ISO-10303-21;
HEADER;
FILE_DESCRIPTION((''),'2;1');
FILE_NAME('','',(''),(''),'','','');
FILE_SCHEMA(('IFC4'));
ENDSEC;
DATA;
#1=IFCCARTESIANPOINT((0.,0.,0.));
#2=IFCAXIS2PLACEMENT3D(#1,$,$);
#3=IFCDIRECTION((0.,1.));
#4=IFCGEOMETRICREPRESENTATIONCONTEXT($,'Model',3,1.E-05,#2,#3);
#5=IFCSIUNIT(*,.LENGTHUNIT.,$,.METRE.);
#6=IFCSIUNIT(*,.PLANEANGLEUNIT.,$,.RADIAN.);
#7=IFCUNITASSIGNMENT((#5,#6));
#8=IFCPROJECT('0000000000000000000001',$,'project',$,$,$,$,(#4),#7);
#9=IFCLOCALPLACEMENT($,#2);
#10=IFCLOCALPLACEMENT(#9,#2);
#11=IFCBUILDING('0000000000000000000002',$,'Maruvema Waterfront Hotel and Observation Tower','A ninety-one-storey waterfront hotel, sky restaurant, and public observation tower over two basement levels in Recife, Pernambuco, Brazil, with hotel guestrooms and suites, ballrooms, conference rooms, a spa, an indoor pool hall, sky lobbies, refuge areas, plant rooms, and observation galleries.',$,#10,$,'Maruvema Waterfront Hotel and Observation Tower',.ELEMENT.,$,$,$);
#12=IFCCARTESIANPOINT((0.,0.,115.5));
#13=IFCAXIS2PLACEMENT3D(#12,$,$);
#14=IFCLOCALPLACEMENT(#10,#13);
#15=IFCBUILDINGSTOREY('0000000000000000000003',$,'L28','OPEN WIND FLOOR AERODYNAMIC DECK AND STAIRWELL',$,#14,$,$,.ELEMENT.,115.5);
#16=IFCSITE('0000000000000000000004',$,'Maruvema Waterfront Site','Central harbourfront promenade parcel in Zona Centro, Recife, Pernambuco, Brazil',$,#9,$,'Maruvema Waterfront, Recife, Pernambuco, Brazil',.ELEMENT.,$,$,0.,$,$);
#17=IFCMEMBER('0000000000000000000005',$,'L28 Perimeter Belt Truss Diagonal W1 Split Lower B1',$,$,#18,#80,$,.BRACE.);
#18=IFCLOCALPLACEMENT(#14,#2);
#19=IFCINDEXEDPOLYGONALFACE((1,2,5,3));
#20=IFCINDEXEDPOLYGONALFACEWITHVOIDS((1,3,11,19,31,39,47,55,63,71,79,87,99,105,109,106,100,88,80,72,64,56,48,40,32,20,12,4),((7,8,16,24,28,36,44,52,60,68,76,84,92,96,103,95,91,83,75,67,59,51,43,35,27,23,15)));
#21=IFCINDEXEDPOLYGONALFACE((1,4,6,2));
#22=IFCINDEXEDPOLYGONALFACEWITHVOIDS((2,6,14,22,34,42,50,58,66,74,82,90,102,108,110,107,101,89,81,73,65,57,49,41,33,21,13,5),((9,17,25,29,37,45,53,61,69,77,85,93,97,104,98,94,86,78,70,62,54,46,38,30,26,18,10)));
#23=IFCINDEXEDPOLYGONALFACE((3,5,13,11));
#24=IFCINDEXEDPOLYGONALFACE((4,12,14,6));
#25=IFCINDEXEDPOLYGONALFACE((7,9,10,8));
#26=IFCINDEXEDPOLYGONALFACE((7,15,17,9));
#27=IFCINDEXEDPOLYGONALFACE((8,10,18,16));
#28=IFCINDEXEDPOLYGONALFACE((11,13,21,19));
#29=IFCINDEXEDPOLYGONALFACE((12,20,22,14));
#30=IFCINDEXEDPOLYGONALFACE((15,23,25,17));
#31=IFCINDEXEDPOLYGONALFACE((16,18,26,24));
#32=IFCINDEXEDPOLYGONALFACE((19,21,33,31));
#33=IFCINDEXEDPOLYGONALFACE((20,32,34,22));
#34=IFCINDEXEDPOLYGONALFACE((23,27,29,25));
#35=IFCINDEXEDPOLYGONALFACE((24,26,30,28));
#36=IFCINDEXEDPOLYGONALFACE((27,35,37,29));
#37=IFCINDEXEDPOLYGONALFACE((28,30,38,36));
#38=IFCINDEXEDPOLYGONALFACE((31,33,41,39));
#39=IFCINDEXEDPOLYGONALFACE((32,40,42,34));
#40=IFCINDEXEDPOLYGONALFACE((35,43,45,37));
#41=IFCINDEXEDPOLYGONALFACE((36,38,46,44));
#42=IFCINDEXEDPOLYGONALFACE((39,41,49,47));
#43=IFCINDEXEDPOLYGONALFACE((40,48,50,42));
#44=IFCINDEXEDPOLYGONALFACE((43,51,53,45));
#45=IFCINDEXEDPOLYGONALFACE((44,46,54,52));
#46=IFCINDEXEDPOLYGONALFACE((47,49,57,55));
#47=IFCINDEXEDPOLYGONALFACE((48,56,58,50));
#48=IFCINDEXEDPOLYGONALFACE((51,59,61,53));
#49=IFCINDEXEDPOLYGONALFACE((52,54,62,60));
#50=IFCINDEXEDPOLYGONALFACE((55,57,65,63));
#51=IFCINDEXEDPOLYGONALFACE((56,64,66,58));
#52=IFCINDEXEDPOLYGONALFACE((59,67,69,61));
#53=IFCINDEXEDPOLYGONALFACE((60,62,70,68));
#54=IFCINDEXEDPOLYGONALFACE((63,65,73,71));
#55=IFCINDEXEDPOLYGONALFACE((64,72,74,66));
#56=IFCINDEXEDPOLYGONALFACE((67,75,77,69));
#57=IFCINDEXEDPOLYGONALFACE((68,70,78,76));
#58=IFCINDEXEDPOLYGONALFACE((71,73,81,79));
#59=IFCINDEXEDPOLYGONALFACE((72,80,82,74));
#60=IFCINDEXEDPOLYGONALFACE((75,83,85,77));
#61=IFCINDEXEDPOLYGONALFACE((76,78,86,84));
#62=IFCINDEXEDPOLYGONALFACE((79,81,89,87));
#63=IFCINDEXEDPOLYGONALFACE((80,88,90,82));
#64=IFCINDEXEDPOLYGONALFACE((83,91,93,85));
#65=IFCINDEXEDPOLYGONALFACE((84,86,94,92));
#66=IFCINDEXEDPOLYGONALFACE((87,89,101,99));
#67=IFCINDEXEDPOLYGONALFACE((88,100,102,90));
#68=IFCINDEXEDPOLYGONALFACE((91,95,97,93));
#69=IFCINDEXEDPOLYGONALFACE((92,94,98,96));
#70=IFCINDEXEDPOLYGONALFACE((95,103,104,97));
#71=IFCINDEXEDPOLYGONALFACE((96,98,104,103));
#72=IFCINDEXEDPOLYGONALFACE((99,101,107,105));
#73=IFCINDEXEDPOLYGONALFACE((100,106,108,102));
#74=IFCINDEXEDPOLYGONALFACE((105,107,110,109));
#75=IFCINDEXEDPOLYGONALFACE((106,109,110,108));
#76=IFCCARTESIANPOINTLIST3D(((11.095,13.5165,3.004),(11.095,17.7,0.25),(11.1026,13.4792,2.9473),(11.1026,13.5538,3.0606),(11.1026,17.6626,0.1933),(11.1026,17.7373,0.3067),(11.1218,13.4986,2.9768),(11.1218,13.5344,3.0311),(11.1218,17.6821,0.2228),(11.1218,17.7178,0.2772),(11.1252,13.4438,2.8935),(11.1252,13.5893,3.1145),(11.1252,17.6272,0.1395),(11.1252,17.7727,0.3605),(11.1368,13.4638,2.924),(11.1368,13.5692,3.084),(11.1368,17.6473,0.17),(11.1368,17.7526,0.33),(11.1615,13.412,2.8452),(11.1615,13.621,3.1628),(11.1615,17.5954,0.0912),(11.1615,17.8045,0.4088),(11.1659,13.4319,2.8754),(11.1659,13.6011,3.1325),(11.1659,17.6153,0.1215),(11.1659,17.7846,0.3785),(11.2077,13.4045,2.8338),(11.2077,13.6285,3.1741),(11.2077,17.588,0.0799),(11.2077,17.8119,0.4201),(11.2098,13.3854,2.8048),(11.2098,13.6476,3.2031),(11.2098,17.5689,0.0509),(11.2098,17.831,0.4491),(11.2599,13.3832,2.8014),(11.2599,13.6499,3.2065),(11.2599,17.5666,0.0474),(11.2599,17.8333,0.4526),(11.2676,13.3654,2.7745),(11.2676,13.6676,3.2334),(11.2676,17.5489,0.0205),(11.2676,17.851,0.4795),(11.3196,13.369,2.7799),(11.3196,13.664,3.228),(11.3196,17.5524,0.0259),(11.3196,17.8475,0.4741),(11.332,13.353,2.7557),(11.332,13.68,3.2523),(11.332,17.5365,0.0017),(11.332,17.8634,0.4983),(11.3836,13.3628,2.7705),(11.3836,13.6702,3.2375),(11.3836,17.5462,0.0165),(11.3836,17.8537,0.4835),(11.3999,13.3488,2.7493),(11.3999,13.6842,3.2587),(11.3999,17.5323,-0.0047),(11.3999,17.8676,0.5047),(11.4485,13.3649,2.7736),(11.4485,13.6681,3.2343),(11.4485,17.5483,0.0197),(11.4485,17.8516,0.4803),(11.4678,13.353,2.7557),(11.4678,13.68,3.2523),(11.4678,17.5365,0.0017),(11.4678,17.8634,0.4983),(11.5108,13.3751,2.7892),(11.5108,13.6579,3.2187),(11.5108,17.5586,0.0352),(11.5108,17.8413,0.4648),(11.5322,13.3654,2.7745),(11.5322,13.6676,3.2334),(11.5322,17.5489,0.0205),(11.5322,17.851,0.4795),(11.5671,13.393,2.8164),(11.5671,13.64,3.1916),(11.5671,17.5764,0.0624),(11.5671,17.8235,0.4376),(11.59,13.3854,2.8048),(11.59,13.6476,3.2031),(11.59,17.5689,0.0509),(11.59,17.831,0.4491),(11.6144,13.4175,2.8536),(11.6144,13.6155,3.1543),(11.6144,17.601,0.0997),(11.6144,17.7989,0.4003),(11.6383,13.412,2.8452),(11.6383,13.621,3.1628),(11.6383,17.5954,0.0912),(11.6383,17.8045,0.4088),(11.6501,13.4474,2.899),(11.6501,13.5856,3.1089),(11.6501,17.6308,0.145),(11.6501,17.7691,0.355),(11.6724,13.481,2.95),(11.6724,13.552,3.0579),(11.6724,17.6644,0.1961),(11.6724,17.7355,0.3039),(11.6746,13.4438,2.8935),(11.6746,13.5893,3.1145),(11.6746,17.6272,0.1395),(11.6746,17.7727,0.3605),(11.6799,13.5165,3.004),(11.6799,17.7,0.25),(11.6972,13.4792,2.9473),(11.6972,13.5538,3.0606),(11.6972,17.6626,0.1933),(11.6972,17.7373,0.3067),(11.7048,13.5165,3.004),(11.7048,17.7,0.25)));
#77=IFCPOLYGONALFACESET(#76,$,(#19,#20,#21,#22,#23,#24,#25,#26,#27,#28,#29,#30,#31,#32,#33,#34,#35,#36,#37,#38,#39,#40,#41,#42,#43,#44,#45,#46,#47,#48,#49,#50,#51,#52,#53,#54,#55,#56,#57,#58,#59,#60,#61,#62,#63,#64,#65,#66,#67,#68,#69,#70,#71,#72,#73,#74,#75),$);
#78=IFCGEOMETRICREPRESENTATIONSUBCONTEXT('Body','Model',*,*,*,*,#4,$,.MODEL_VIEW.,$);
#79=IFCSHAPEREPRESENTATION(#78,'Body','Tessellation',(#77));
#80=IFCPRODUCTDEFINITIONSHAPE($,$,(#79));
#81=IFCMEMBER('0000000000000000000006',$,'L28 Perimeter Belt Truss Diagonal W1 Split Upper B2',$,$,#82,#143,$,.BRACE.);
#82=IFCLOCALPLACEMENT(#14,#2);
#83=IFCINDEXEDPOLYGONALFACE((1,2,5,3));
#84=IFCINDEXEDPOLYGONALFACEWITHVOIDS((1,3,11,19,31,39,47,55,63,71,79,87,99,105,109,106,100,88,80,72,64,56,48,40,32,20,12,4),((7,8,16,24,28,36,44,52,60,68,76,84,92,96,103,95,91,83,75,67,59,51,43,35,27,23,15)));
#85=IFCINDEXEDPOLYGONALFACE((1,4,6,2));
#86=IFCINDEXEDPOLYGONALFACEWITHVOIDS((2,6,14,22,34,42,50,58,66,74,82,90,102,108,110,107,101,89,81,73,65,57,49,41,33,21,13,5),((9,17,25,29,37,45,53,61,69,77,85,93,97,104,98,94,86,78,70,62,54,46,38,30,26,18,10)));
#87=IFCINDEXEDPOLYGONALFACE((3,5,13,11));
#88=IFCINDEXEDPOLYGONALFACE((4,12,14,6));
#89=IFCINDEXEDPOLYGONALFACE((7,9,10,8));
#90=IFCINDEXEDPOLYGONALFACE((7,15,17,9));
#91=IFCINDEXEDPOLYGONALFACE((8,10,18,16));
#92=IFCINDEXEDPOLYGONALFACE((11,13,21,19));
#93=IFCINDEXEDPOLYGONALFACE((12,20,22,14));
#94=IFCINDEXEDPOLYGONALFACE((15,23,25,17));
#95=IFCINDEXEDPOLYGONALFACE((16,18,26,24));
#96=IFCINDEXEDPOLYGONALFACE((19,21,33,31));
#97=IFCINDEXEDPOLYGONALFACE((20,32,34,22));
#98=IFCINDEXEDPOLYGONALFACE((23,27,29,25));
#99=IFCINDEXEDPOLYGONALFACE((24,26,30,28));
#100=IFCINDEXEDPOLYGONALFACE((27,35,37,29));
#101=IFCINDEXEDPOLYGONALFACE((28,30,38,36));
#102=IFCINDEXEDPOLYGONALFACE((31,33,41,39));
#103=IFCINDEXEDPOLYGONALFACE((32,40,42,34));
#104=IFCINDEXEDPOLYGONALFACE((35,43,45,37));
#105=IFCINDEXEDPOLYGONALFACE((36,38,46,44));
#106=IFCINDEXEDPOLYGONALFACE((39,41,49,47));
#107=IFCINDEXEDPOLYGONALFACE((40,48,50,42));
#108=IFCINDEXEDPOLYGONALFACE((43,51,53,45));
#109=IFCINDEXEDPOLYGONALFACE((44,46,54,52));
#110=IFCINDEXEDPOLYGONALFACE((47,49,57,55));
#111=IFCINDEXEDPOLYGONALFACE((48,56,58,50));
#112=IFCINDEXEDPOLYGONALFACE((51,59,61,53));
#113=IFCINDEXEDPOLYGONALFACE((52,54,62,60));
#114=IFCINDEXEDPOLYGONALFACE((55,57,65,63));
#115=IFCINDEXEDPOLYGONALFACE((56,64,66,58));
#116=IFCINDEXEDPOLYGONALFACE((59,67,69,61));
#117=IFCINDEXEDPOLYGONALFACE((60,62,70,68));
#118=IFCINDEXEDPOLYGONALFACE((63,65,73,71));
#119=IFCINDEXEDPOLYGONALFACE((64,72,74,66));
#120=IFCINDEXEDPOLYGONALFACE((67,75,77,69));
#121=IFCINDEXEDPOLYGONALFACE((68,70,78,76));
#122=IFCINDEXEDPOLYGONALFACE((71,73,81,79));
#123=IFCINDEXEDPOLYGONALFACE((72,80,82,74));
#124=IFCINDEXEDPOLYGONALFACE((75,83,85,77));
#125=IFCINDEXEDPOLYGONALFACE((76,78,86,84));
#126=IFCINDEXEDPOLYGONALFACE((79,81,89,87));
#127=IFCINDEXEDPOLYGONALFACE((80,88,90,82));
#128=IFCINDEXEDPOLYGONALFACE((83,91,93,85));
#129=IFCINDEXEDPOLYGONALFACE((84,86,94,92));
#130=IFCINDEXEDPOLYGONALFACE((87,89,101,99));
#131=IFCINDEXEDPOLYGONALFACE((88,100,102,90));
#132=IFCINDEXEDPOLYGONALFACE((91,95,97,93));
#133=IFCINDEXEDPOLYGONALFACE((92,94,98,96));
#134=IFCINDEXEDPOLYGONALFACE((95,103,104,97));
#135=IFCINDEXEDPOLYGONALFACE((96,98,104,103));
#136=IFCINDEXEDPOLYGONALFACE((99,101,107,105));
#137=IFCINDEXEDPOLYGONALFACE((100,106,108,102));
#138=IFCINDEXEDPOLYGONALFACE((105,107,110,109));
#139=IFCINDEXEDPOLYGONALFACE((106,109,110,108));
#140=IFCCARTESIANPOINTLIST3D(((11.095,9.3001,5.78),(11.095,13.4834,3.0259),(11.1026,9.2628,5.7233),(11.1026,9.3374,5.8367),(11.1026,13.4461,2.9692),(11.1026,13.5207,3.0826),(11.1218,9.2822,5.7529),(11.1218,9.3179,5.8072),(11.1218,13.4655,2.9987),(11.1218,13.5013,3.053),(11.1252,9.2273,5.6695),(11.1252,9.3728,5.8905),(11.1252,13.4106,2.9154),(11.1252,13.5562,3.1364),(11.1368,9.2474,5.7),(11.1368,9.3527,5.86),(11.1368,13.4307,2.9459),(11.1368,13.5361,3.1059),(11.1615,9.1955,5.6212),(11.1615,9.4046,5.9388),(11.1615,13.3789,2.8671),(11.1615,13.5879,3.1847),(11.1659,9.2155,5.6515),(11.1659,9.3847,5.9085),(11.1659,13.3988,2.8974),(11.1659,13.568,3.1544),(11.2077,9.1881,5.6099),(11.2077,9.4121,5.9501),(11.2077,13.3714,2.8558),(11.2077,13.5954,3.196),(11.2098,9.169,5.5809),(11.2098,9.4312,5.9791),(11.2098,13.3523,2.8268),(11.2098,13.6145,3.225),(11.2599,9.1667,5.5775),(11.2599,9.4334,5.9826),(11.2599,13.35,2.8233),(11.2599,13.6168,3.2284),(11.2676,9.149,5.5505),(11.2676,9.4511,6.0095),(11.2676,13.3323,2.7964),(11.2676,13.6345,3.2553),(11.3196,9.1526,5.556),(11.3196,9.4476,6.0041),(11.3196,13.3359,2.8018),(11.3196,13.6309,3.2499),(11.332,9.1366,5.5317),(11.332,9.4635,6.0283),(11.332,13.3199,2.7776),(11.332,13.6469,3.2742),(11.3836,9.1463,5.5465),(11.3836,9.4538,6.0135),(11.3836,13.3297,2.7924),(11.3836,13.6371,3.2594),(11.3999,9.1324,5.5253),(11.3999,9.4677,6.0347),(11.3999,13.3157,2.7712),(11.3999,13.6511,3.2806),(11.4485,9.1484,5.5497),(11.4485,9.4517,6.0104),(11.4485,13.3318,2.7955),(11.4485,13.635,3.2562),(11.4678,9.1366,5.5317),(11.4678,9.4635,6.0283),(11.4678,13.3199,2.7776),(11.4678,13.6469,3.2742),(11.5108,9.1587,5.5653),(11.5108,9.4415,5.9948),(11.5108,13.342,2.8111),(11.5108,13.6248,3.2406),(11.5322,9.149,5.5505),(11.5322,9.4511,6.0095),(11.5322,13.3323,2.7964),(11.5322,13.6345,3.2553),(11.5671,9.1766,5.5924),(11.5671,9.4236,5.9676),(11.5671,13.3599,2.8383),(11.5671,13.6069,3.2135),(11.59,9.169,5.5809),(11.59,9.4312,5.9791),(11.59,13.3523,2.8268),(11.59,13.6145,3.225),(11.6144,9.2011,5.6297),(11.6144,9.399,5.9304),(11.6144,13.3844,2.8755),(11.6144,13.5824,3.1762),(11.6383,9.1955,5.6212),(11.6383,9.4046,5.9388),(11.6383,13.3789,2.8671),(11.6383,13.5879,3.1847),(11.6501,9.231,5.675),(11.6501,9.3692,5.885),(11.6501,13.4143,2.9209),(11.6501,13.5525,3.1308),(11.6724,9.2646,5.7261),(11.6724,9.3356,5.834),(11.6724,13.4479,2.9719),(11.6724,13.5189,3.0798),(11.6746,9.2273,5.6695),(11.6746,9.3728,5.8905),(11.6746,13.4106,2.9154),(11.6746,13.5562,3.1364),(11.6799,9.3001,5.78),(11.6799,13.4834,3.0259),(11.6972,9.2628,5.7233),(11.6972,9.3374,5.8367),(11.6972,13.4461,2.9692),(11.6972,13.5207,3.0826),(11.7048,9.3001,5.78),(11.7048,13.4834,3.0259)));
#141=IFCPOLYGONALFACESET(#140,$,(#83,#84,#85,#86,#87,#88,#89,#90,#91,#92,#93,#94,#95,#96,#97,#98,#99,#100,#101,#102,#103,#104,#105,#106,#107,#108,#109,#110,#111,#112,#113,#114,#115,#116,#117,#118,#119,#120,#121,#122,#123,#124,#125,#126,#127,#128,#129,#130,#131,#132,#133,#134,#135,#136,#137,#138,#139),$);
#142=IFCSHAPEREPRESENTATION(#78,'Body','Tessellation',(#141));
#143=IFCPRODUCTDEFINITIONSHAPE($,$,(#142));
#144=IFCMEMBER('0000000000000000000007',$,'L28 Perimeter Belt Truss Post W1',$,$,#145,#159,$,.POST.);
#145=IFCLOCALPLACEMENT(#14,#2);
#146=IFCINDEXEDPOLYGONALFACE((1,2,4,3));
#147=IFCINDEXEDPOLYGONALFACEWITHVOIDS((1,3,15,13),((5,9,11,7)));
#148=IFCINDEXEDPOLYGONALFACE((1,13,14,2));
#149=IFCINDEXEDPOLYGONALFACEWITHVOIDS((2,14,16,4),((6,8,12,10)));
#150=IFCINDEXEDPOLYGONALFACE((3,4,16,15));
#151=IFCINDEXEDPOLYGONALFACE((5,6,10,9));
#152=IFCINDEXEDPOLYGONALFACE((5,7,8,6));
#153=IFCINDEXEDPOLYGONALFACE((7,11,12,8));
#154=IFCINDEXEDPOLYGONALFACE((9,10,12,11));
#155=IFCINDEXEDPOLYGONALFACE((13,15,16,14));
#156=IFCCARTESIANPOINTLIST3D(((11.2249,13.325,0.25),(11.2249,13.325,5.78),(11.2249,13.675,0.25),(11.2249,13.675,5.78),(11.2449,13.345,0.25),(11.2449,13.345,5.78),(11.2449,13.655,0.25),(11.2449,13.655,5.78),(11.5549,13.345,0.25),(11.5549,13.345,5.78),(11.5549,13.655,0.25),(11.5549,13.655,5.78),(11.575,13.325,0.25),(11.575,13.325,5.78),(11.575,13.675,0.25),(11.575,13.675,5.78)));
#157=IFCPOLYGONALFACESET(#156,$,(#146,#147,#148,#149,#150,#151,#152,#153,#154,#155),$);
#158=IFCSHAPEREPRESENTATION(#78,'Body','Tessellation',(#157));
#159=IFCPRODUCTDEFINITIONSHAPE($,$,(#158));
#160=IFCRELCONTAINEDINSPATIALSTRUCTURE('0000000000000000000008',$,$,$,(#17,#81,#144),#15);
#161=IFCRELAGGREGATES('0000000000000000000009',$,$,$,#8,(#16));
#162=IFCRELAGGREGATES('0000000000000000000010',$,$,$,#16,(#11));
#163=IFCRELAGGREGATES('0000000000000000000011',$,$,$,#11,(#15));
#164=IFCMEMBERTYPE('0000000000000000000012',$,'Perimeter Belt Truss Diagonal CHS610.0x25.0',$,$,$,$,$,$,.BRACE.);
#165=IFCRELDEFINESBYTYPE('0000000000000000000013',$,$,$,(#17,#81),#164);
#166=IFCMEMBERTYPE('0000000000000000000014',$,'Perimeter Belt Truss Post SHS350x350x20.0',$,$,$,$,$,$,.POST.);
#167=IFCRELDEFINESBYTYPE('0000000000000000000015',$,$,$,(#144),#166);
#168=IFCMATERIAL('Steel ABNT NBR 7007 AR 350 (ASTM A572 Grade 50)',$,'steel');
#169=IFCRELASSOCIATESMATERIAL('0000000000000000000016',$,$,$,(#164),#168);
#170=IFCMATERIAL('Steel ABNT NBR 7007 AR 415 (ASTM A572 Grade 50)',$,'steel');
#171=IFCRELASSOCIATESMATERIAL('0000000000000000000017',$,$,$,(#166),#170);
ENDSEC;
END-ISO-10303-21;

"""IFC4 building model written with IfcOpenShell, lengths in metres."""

from ifc_helpers import new_model, si_unit, direction, frame, origin, origin_2d, place, context, subcontext, project, spatial, hollow_rectangle, hollow_circle, extrude, material, material_profile, profile_set, type_object, element, save


model = new_model("IFC4")

# Units and contexts
model_context = context("Model", 3, precision=1e-05, world=origin(), true_north=direction((0.0, 1.0)))
body_context = subcontext(model_context, "Body", "Model", "MODEL_VIEW")
ifc_project = project(units=[si_unit("LENGTHUNIT", "METRE"), si_unit("PLANEANGLEUNIT", "RADIAN")], contexts=[model_context])

# Site, building, storey
site_placement = place(None, origin())
site = spatial("IfcSite", under=ifc_project, at=site_placement, Name="Maruvema Waterfront Site", Description="Central harbourfront promenade parcel in Zona Centro, Recife, Pernambuco, Brazil", LongName="Maruvema Waterfront, Recife, Pernambuco, Brazil", CompositionType="ELEMENT", RefElevation=0.0)
building_placement = place(site_placement, origin())
building = spatial("IfcBuilding", under=site, at=building_placement, Name="Maruvema Waterfront Hotel and Observation Tower", Description="A ninety-one-storey waterfront hotel, sky restaurant, and public observation tower over two basement levels in Recife, Pernambuco, Brazil, with hotel guestrooms and suites, ballrooms, conference rooms, a spa, an indoor pool hall, sky lobbies, refuge areas, plant rooms, and observation galleries.", LongName="Maruvema Waterfront Hotel and Observation Tower", CompositionType="ELEMENT")
storey_placement = place(building_placement, frame((0.0, 0.0, 115.5)))
storey = spatial("IfcBuildingStorey", under=building, at=storey_placement, Name="L28", Description="OPEN WIND FLOOR AERODYNAMIC DECK AND STAIRWELL", CompositionType="ELEMENT", Elevation=115.5)

# Members
ifc_material_1 = material(Name="Steel ABNT NBR 7007 AR 350 (ASTM A572 Grade 50)", Category="steel")
ifc_material_profile_1 = material_profile(ifc_material_1, hollow_circle(Radius=0.3049, WallThickness=0.0249, at=origin_2d()), Name="CHS610.0x25.0")
ifc_profile_set_1 = profile_set([ifc_material_profile_1], Name="Steel ABNT NBR 7007 AR 350 (ASTM A572 Grade 50)")
member_type_1 = type_object("IfcMemberType", Name="Perimeter Belt Truss Diagonal CHS610.0x25.0", PredefinedType="BRACE", material=ifc_profile_set_1)
for number, where, z_axis, x_axis, name in (
    (1, (11.3999, 17.7, 0.25), (0.0, -0.835261, 0.549854), (1.0, 0.0, 0.0), "L28 Perimeter Belt Truss Diagonal W1 Split Lower B1"),
    (2, (11.3999, 13.4834, 3.0259), (0.0, -0.835239, 0.549888), (1.0, 0.0, 0.0), "L28 Perimeter Belt Truss Diagonal W1 Split Upper B2"),
):
    element("IfcMember", number, at=place(storey_placement, frame(where, z_axis=z_axis, x_axis=x_axis)), inside=storey, type_object=member_type_1, Name=name, PredefinedType="BRACE", context=body_context, shape_type="SweptSolid", body=[
        extrude(hollow_circle(Radius=0.3049, WallThickness=0.0249, at=origin_2d()), origin(), (0.0, 0.0, 1.0), 5.0085),
    ])
ifc_material_2 = material(Name="Steel ABNT NBR 7007 AR 415 (ASTM A572 Grade 50)", Category="steel")
ifc_material_profile_2 = material_profile(ifc_material_2, hollow_rectangle(XDim=0.3501, YDim=0.3501, WallThickness=0.02, at=origin_2d()), Name="SHS350x350x20.0")
ifc_profile_set_2 = profile_set([ifc_material_profile_2], Name="Steel ABNT NBR 7007 AR 415 (ASTM A572 Grade 50)")
member_type_2 = type_object("IfcMemberType", Name="Perimeter Belt Truss Post SHS350x350x20.0", PredefinedType="POST", material=ifc_profile_set_2)
member_1_placement = place(storey_placement, frame((11.3999, 13.5, 0.25), z_axis=(0.0, 0.0, 1.0), x_axis=(1.0, 0.0, 0.0)))
element("IfcMember", 3, at=member_1_placement, inside=storey, type_object=member_type_2, Name="L28 Perimeter Belt Truss Post W1", PredefinedType="POST", context=body_context, shape_type="SweptSolid", body=[
    extrude(hollow_rectangle(XDim=0.3501, YDim=0.3501, WallThickness=0.02, at=origin_2d()), origin(), (0.0, 0.0, 1.0), 5.53),
])

save(model, "model.ifc")
